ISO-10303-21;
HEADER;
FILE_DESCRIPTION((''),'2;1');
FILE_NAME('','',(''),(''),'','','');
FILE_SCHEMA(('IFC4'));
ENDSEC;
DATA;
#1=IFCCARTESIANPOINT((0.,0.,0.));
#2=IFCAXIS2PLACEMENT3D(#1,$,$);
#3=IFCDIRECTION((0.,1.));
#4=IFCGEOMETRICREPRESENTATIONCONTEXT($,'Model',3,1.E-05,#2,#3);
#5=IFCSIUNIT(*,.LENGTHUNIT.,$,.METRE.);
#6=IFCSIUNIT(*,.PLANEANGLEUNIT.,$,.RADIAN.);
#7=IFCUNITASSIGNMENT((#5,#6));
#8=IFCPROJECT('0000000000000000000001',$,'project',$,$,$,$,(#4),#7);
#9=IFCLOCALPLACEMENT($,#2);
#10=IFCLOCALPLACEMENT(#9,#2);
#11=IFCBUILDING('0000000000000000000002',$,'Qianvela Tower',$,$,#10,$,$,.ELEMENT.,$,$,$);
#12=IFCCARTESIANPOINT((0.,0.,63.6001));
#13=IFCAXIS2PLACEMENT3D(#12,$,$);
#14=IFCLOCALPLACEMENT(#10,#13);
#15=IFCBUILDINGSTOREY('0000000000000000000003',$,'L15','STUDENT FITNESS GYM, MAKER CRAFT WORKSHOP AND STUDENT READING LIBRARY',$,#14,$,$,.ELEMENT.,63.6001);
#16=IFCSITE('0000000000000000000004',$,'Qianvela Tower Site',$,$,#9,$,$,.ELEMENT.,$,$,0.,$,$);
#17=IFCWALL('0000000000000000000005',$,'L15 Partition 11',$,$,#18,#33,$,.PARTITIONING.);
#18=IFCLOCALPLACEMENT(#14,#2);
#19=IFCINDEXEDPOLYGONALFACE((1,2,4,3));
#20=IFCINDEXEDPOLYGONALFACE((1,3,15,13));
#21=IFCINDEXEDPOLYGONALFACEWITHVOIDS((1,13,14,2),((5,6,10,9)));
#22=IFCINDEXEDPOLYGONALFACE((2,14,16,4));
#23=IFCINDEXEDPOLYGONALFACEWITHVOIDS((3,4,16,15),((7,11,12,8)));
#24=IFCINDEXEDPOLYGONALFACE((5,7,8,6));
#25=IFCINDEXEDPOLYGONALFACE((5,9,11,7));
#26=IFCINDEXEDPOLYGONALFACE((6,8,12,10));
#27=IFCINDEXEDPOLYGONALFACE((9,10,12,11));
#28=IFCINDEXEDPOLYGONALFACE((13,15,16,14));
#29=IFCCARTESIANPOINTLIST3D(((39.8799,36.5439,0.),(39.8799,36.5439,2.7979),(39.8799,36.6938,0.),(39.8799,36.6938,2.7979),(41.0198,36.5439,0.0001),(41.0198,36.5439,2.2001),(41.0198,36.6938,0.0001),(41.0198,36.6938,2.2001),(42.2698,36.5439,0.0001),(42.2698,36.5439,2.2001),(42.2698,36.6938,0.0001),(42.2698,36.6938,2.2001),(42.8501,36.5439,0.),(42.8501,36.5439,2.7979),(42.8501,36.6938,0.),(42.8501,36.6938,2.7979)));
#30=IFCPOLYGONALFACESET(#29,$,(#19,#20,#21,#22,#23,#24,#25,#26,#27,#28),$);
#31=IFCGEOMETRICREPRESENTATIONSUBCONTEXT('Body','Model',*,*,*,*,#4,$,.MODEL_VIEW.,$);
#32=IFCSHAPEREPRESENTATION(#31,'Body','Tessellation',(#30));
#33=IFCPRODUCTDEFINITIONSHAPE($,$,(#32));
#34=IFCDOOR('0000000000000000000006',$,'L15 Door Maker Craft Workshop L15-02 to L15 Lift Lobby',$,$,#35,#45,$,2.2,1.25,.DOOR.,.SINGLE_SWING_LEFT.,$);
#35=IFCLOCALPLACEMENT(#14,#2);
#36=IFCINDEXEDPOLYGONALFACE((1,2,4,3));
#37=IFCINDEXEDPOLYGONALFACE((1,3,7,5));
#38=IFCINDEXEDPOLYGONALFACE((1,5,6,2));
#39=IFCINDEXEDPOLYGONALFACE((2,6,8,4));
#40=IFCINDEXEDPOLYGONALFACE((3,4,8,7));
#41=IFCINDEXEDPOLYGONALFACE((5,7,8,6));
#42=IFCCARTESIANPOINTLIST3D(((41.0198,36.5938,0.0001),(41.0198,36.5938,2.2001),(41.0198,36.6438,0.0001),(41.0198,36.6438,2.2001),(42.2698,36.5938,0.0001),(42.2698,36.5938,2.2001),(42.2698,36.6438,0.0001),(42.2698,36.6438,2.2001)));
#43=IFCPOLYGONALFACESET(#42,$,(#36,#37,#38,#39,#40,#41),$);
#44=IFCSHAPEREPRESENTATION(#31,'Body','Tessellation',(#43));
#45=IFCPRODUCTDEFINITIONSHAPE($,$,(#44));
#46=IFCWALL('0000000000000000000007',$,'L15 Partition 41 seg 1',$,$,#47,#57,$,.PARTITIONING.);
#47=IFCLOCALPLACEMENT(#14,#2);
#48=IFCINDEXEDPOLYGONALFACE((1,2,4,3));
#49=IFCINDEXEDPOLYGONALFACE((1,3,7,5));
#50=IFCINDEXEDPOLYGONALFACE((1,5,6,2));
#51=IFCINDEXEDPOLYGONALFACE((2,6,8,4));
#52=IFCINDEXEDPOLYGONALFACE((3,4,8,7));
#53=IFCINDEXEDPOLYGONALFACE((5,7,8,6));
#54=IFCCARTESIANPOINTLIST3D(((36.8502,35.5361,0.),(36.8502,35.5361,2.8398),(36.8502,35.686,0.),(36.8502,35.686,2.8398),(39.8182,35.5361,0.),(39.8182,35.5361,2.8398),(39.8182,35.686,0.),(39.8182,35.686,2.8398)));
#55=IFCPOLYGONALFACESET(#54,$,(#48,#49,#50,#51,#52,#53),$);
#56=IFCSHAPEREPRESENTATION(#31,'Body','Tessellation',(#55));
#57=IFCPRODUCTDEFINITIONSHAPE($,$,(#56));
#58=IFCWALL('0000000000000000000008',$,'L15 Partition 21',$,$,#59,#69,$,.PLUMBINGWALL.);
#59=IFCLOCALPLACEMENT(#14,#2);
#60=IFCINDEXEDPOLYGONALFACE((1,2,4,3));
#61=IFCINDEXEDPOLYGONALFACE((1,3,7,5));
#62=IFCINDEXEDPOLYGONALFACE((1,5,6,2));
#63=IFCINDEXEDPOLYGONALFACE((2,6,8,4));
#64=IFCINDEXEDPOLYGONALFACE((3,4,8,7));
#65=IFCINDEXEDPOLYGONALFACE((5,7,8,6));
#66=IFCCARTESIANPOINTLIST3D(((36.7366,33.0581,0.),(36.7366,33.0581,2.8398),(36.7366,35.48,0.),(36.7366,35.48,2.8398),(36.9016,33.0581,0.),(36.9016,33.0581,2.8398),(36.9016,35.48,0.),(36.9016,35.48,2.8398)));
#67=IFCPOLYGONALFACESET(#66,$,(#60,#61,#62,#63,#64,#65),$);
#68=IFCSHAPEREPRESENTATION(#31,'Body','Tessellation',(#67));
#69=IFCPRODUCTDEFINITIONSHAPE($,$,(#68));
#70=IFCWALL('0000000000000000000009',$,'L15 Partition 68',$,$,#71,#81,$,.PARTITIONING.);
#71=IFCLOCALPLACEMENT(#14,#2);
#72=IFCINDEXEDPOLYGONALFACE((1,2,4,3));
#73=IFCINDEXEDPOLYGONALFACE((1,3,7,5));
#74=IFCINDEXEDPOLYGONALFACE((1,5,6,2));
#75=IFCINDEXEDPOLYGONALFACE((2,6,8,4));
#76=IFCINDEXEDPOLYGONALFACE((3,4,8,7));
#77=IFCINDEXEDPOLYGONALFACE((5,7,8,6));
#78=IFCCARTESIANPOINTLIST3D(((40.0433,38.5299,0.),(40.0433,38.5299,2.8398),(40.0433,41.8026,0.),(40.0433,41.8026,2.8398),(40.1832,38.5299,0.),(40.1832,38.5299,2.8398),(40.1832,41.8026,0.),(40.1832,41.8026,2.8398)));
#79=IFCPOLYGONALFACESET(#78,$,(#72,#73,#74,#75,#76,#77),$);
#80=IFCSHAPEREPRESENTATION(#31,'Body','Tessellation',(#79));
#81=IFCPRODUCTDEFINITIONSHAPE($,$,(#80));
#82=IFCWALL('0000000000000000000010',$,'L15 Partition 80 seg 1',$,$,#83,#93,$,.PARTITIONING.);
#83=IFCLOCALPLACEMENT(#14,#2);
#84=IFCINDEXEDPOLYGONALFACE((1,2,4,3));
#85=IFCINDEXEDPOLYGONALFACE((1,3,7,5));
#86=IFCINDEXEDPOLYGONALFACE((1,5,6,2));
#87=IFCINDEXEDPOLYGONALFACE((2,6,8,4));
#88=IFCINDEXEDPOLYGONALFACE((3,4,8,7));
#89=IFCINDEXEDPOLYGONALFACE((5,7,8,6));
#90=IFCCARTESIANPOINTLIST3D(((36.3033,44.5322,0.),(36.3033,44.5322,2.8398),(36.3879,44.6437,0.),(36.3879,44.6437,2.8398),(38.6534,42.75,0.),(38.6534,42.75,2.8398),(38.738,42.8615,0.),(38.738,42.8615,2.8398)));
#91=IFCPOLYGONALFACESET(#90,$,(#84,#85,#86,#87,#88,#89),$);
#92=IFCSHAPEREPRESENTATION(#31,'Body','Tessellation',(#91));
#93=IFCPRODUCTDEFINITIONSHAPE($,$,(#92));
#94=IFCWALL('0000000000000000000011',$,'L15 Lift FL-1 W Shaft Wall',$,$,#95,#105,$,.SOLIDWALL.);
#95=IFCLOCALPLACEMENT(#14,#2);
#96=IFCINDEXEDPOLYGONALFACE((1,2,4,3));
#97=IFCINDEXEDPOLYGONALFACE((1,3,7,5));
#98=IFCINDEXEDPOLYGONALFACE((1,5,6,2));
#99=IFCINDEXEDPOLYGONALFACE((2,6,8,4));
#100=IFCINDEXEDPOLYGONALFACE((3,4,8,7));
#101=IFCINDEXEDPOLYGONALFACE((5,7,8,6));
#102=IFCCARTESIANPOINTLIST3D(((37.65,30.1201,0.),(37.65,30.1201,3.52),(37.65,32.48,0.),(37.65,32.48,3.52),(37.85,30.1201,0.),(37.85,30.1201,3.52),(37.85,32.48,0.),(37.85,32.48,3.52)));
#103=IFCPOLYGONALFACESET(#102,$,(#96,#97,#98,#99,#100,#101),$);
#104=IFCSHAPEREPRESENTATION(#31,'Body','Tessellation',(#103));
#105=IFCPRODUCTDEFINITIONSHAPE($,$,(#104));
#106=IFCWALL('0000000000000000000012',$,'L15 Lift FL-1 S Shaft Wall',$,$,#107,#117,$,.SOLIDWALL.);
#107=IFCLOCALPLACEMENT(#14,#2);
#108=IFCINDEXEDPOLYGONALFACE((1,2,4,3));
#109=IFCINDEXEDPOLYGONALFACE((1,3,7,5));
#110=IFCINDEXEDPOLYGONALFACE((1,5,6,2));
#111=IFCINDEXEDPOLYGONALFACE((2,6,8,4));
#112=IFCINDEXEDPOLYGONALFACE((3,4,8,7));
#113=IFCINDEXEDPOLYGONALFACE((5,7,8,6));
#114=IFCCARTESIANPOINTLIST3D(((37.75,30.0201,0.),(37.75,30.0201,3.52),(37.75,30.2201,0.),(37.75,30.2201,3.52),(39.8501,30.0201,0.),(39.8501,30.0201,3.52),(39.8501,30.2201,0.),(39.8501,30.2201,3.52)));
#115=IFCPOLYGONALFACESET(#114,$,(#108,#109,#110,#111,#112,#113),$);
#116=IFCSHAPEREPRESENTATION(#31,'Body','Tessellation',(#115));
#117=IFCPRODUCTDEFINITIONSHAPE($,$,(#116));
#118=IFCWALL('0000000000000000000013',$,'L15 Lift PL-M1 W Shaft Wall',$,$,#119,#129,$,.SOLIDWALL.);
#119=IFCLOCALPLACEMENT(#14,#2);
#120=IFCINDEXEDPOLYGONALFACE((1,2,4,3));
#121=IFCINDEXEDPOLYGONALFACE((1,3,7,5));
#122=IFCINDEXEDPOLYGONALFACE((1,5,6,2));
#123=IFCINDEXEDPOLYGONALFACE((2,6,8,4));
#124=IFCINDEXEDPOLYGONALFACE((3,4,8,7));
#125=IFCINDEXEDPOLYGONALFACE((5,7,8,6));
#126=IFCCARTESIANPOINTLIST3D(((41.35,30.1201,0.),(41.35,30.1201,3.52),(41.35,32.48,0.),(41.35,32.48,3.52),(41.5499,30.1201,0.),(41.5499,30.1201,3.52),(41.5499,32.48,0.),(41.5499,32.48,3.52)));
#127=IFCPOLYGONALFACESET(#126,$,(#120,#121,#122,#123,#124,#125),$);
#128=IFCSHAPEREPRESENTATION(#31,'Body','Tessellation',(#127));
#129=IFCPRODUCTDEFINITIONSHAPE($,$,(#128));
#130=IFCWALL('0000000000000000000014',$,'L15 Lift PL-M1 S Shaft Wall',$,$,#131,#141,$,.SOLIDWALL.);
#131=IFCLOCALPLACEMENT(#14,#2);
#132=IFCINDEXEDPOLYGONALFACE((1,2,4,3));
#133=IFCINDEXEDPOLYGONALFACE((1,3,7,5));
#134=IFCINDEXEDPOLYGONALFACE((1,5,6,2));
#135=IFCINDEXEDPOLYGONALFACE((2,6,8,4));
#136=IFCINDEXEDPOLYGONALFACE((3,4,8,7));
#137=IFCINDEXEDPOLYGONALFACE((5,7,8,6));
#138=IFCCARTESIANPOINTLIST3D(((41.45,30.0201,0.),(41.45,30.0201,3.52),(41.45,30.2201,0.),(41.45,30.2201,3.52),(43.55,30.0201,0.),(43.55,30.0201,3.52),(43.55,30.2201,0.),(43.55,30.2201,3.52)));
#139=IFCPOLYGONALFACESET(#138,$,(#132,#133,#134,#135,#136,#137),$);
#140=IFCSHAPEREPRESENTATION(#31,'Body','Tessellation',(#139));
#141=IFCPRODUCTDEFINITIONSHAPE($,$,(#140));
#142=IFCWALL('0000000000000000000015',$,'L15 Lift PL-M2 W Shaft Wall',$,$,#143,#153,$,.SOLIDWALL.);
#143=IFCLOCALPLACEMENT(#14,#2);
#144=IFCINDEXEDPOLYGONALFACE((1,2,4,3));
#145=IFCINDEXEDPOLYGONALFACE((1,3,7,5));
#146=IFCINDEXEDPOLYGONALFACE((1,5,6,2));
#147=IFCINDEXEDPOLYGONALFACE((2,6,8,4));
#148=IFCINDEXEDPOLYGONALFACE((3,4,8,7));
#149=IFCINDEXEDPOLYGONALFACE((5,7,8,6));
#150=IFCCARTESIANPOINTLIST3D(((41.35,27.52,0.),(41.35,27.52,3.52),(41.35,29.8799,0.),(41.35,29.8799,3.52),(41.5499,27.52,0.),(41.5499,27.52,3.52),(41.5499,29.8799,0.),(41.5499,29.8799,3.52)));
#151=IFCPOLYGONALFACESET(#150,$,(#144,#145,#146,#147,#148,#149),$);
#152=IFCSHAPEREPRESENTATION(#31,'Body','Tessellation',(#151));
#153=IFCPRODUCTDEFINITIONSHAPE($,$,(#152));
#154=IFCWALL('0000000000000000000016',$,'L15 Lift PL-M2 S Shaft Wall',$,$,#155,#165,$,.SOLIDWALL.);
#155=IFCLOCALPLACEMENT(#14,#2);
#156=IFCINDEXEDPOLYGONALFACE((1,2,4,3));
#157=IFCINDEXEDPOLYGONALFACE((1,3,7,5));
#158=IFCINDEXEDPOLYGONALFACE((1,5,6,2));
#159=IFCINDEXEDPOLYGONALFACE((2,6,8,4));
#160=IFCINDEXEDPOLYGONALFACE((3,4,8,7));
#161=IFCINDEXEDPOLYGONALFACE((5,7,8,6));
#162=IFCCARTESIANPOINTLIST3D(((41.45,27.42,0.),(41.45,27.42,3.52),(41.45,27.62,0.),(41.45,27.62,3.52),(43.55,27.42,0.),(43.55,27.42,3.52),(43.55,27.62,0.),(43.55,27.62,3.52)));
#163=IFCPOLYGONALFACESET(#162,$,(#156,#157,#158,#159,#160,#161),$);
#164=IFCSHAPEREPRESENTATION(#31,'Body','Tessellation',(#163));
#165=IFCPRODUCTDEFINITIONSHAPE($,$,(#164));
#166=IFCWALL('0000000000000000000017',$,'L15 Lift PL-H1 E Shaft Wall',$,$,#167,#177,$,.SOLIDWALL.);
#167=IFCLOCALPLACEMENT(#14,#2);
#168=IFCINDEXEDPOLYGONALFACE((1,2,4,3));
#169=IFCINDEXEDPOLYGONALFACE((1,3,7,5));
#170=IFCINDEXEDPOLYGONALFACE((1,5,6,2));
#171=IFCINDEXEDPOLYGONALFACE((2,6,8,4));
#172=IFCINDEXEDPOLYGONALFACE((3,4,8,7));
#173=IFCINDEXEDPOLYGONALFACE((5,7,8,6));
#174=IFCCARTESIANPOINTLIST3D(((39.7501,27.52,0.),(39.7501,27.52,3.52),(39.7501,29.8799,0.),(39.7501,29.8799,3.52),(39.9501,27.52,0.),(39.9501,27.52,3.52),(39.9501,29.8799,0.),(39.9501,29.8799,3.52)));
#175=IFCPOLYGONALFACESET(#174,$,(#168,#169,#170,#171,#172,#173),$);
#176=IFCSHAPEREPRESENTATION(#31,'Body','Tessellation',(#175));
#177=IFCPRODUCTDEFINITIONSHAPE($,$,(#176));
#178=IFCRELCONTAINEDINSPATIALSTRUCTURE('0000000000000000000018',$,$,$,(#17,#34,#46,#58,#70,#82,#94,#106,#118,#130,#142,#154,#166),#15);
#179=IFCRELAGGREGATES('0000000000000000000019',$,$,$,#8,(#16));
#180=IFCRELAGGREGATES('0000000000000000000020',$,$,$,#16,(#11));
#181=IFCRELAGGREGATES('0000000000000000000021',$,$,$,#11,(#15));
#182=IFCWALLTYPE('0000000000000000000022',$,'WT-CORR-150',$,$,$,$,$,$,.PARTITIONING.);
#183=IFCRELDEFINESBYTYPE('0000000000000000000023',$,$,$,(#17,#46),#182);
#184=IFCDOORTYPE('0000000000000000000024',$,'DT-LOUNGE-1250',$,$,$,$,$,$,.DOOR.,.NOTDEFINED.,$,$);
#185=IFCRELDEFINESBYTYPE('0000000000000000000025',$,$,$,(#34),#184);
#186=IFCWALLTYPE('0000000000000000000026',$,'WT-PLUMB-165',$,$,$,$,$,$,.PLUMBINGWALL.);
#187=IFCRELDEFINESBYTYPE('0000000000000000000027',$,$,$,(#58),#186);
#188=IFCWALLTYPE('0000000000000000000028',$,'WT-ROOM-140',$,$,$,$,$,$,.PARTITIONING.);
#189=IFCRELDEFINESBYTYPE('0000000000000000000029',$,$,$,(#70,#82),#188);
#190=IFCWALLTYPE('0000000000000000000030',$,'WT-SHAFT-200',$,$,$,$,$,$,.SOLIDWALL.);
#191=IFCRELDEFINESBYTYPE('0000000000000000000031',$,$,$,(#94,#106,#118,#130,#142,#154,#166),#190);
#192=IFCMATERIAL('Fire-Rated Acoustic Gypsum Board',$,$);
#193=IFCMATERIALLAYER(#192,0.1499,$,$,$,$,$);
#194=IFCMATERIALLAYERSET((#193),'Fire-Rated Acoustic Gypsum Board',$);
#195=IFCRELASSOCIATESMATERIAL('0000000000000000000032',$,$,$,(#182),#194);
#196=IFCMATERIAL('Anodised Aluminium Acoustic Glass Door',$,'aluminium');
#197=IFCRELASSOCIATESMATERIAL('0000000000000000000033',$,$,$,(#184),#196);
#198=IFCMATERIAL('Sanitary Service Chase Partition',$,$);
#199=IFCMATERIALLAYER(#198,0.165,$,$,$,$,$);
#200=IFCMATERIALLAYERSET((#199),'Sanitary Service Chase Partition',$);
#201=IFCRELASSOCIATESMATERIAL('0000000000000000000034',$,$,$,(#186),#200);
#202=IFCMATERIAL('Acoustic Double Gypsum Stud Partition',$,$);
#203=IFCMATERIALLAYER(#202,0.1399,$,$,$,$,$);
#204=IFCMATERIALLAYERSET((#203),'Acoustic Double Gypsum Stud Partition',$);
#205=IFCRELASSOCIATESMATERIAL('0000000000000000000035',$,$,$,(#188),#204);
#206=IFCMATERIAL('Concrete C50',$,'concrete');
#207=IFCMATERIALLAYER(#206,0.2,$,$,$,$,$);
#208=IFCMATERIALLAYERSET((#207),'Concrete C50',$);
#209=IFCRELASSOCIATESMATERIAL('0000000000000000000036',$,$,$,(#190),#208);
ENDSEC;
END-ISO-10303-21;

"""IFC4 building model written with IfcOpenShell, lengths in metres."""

from ifc_helpers import new_model, si_unit, direction, frame, frame_2d, origin, place, context, subcontext, project, spatial, rectangle, extrude, material, layer, layer_set, type_object, element, fill, save


model = new_model("IFC4")

# Units and contexts
model_context = context("Model", 3, precision=1e-05, world=origin(), true_north=direction((0.0, 1.0)))
body_context = subcontext(model_context, "Body", "Model", "MODEL_VIEW")
ifc_project = project(units=[si_unit("LENGTHUNIT", "METRE"), si_unit("PLANEANGLEUNIT", "RADIAN")], contexts=[model_context])

# Site, building, storey
site_placement = place(None, origin())
site = spatial("IfcSite", under=ifc_project, at=site_placement, Name="Qianvela Tower Site", CompositionType="ELEMENT", RefElevation=0.0)
building_placement = place(site_placement, origin())
building = spatial("IfcBuilding", under=site, at=building_placement, Name="Qianvela Tower", CompositionType="ELEMENT")
storey_placement = place(building_placement, frame((0.0, 0.0, 63.6001)))
storey = spatial("IfcBuildingStorey", under=building, at=storey_placement, Name="L15", Description="STUDENT FITNESS GYM, MAKER CRAFT WORKSHOP AND STUDENT READING LIBRARY", CompositionType="ELEMENT", Elevation=63.6001)

# Wall, opening, door
ifc_material_1 = material(Name="Fire-Rated Acoustic Gypsum Board")
ifc_layer_1 = layer(ifc_material_1, 0.1499)
ifc_layer_set_1 = layer_set([ifc_layer_1], Name="Fire-Rated Acoustic Gypsum Board")
wall_type_1 = type_object("IfcWallType", Name="WT-CORR-150", PredefinedType="PARTITIONING", material=ifc_layer_set_1)
wall_1_placement = place(storey_placement, frame((39.8799, 36.6189, 0.0), z_axis=(0.0, 0.0, 1.0), x_axis=(1.0, 0.0, 0.0)))
wall_1 = element("IfcWall", 1, at=wall_1_placement, inside=storey, type_object=wall_type_1, Name="L15 Partition 11", PredefinedType="PARTITIONING", context=body_context, shape_type="SweptSolid", body=[
    extrude(rectangle(XDim=2.9702, YDim=0.1499, at=frame_2d((1.4851, 0.0))), origin(), (0.0, 0.0, 1.0), 2.7979),
])
opening_1_placement = place(wall_1_placement, frame((1.1399, 0.0, 0.0)))
opening_1 = element("IfcOpeningElement", 2, at=opening_1_placement, cuts=wall_1, PredefinedType="OPENING", context=body_context, shape_type="SweptSolid", body=[
    extrude(rectangle(XDim=1.25, YDim=2.2, at=frame_2d((0.625, 1.1001))), frame((0.0, 0.085, 0.0), z_axis=(0.0, -1.0, 0.0), x_axis=(1.0, 0.0, 0.0)), (0.0, 0.0, 1.0), 0.1699),
])
ifc_material_2 = material(Name="Anodised Aluminium Acoustic Glass Door", Category="aluminium")
door_type_1 = type_object("IfcDoorType", Name="DT-LOUNGE-1250", OperationType="NOTDEFINED", PredefinedType="DOOR", material=ifc_material_2)
door_1_placement = place(opening_1_placement, origin())
door_1 = element("IfcDoor", 3, at=door_1_placement, inside=storey, type_object=door_type_1, Name="L15 Door Maker Craft Workshop L15-02 to L15 Lift Lobby", OperationType="SINGLE_SWING_LEFT", OverallHeight=2.2, OverallWidth=1.25, PredefinedType="DOOR", context=body_context, shape_type="SweptSolid", body=[
    extrude(rectangle(XDim=1.25, YDim=2.2, at=frame_2d((0.625, 1.1001))), frame((0.0, 0.0249, 0.0), z_axis=(0.0, -1.0, 0.0), x_axis=(1.0, 0.0, 0.0)), (0.0, 0.0, 1.0), 0.05),
])
fill(opening_1, door_1)

# Walls
wall_2_placement = place(storey_placement, frame((39.8181, 35.6111, 0.0), z_axis=(0.0, 0.0, 1.0), x_axis=(-1.0, 0.0, 0.0)))
element("IfcWall", 4, at=wall_2_placement, inside=storey, type_object=wall_type_1, Name="L15 Partition 41 seg 1", PredefinedType="PARTITIONING", context=body_context, shape_type="SweptSolid", body=[
    extrude(rectangle(XDim=2.968, YDim=0.1499, at=frame_2d((1.4839, 0.0))), origin(), (0.0, 0.0, 1.0), 2.8398),
])
ifc_material_3 = material(Name="Sanitary Service Chase Partition")
ifc_layer_2 = layer(ifc_material_3, 0.165)
ifc_layer_set_2 = layer_set([ifc_layer_2], Name="Sanitary Service Chase Partition")
wall_type_2 = type_object("IfcWallType", Name="WT-PLUMB-165", PredefinedType="PLUMBINGWALL", material=ifc_layer_set_2)
wall_3_placement = place(storey_placement, frame((36.8191, 35.48, 0.0), z_axis=(0.0, 0.0, 1.0), x_axis=(0.0, -1.0, 0.0)))
element("IfcWall", 5, at=wall_3_placement, inside=storey, type_object=wall_type_2, Name="L15 Partition 21", PredefinedType="PLUMBINGWALL", context=body_context, shape_type="SweptSolid", body=[
    extrude(rectangle(XDim=2.4219, YDim=0.165, at=frame_2d((1.2109, 0.0))), origin(), (0.0, 0.0, 1.0), 2.8398),
])
ifc_material_4 = material(Name="Acoustic Double Gypsum Stud Partition")
ifc_layer_3 = layer(ifc_material_4, 0.1399)
ifc_layer_set_3 = layer_set([ifc_layer_3], Name="Acoustic Double Gypsum Stud Partition")
wall_type_3 = type_object("IfcWallType", Name="WT-ROOM-140", PredefinedType="PARTITIONING", material=ifc_layer_set_3)
wall_4_placement = place(storey_placement, frame((40.1133, 38.53, 0.0), z_axis=(0.0, 0.0, 1.0), x_axis=(0.0, 1.0, 0.0)))
element("IfcWall", 6, at=wall_4_placement, inside=storey, type_object=wall_type_3, Name="L15 Partition 68", PredefinedType="PARTITIONING", context=body_context, shape_type="SweptSolid", body=[
    extrude(rectangle(XDim=3.2727, YDim=0.1399, at=frame_2d((1.6362, 0.0))), origin(), (0.0, 0.0, 1.0), 2.8398),
])
wall_5_placement = place(storey_placement, frame((36.3457, 44.5879, 0.0), z_axis=(0.0, 0.0, 1.0), x_axis=(0.79679, -0.604256, 0.0)))
element("IfcWall", 7, at=wall_5_placement, inside=storey, type_object=wall_type_3, Name="L15 Partition 80 seg 1", PredefinedType="PARTITIONING", context=body_context, shape_type="SweptSolid", body=[
    extrude(rectangle(XDim=2.9495, YDim=0.1399, at=frame_2d((1.4746, 0.0))), origin(), (0.0, 0.0, 1.0), 2.8398),
])

# Shared definitions
ifc_material_5 = material(Name="Concrete C50", Category="concrete")
ifc_layer_4 = layer(ifc_material_5, 0.2)
ifc_layer_set_4 = layer_set([ifc_layer_4], Name="Concrete C50")
wall_type_4 = type_object("IfcWallType", Name="WT-SHAFT-200", PredefinedType="SOLIDWALL", material=ifc_layer_set_4)

# Walls
wall_6_placement = place(storey_placement, frame((37.75, 30.1201, 0.0), z_axis=(0.0, 0.0, 1.0), x_axis=(0.0, 1.0, 0.0)))
element("IfcWall", 8, at=wall_6_placement, inside=storey, type_object=wall_type_4, Name="L15 Lift FL-1 W Shaft Wall", PredefinedType="SOLIDWALL", context=body_context, shape_type="SweptSolid", body=[
    extrude(rectangle(XDim=2.3599, YDim=0.2, at=frame_2d((1.1799, 0.0))), origin(), (0.0, 0.0, 1.0), 3.52),
])
wall_7_placement = place(storey_placement, frame((37.75, 30.1201, 0.0), z_axis=(0.0, 0.0, 1.0), x_axis=(1.0, 0.0, 0.0)))
element("IfcWall", 9, at=wall_7_placement, inside=storey, type_object=wall_type_4, Name="L15 Lift FL-1 S Shaft Wall", PredefinedType="SOLIDWALL", context=body_context, shape_type="SweptSolid", body=[
    extrude(rectangle(XDim=2.1001, YDim=0.2, at=frame_2d((1.05, 0.0))), origin(), (0.0, 0.0, 1.0), 3.52),
])
wall_8_placement = place(storey_placement, frame((41.45, 30.1201, 0.0), z_axis=(0.0, 0.0, 1.0), x_axis=(0.0, 1.0, 0.0)))
element("IfcWall", 10, at=wall_8_placement, inside=storey, type_object=wall_type_4, Name="L15 Lift PL-M1 W Shaft Wall", PredefinedType="SOLIDWALL", context=body_context, shape_type="SweptSolid", body=[
    extrude(rectangle(XDim=2.3599, YDim=0.2, at=frame_2d((1.1799, 0.0))), origin(), (0.0, 0.0, 1.0), 3.52),
])
wall_9_placement = place(storey_placement, frame((41.45, 30.1201, 0.0), z_axis=(0.0, 0.0, 1.0), x_axis=(1.0, 0.0, 0.0)))
element("IfcWall", 11, at=wall_9_placement, inside=storey, type_object=wall_type_4, Name="L15 Lift PL-M1 S Shaft Wall", PredefinedType="SOLIDWALL", context=body_context, shape_type="SweptSolid", body=[
    extrude(rectangle(XDim=2.1001, YDim=0.2, at=frame_2d((1.05, 0.0))), origin(), (0.0, 0.0, 1.0), 3.52),
])
wall_10_placement = place(storey_placement, frame((41.45, 27.52, 0.0), z_axis=(0.0, 0.0, 1.0), x_axis=(0.0, 1.0, 0.0)))
element("IfcWall", 12, at=wall_10_placement, inside=storey, type_object=wall_type_4, Name="L15 Lift PL-M2 W Shaft Wall", PredefinedType="SOLIDWALL", context=body_context, shape_type="SweptSolid", body=[
    extrude(rectangle(XDim=2.3599, YDim=0.2, at=frame_2d((1.1799, 0.0))), origin(), (0.0, 0.0, 1.0), 3.52),
])
wall_11_placement = place(storey_placement, frame((41.45, 27.52, 0.0), z_axis=(0.0, 0.0, 1.0), x_axis=(1.0, 0.0, 0.0)))
element("IfcWall", 13, at=wall_11_placement, inside=storey, type_object=wall_type_4, Name="L15 Lift PL-M2 S Shaft Wall", PredefinedType="SOLIDWALL", context=body_context, shape_type="SweptSolid", body=[
    extrude(rectangle(XDim=2.1001, YDim=0.2, at=frame_2d((1.05, 0.0))), origin(), (0.0, 0.0, 1.0), 3.52),
])
wall_12_placement = place(storey_placement, frame((39.8501, 27.52, 0.0), z_axis=(0.0, 0.0, 1.0), x_axis=(0.0, 1.0, 0.0)))
element("IfcWall", 14, at=wall_12_placement, inside=storey, type_object=wall_type_4, Name="L15 Lift PL-H1 E Shaft Wall", PredefinedType="SOLIDWALL", context=body_context, shape_type="SweptSolid", body=[
    extrude(rectangle(XDim=2.3599, YDim=0.2, at=frame_2d((1.1799, 0.0))), origin(), (0.0, 0.0, 1.0), 3.52),
])

save(model, "model.ifc")
